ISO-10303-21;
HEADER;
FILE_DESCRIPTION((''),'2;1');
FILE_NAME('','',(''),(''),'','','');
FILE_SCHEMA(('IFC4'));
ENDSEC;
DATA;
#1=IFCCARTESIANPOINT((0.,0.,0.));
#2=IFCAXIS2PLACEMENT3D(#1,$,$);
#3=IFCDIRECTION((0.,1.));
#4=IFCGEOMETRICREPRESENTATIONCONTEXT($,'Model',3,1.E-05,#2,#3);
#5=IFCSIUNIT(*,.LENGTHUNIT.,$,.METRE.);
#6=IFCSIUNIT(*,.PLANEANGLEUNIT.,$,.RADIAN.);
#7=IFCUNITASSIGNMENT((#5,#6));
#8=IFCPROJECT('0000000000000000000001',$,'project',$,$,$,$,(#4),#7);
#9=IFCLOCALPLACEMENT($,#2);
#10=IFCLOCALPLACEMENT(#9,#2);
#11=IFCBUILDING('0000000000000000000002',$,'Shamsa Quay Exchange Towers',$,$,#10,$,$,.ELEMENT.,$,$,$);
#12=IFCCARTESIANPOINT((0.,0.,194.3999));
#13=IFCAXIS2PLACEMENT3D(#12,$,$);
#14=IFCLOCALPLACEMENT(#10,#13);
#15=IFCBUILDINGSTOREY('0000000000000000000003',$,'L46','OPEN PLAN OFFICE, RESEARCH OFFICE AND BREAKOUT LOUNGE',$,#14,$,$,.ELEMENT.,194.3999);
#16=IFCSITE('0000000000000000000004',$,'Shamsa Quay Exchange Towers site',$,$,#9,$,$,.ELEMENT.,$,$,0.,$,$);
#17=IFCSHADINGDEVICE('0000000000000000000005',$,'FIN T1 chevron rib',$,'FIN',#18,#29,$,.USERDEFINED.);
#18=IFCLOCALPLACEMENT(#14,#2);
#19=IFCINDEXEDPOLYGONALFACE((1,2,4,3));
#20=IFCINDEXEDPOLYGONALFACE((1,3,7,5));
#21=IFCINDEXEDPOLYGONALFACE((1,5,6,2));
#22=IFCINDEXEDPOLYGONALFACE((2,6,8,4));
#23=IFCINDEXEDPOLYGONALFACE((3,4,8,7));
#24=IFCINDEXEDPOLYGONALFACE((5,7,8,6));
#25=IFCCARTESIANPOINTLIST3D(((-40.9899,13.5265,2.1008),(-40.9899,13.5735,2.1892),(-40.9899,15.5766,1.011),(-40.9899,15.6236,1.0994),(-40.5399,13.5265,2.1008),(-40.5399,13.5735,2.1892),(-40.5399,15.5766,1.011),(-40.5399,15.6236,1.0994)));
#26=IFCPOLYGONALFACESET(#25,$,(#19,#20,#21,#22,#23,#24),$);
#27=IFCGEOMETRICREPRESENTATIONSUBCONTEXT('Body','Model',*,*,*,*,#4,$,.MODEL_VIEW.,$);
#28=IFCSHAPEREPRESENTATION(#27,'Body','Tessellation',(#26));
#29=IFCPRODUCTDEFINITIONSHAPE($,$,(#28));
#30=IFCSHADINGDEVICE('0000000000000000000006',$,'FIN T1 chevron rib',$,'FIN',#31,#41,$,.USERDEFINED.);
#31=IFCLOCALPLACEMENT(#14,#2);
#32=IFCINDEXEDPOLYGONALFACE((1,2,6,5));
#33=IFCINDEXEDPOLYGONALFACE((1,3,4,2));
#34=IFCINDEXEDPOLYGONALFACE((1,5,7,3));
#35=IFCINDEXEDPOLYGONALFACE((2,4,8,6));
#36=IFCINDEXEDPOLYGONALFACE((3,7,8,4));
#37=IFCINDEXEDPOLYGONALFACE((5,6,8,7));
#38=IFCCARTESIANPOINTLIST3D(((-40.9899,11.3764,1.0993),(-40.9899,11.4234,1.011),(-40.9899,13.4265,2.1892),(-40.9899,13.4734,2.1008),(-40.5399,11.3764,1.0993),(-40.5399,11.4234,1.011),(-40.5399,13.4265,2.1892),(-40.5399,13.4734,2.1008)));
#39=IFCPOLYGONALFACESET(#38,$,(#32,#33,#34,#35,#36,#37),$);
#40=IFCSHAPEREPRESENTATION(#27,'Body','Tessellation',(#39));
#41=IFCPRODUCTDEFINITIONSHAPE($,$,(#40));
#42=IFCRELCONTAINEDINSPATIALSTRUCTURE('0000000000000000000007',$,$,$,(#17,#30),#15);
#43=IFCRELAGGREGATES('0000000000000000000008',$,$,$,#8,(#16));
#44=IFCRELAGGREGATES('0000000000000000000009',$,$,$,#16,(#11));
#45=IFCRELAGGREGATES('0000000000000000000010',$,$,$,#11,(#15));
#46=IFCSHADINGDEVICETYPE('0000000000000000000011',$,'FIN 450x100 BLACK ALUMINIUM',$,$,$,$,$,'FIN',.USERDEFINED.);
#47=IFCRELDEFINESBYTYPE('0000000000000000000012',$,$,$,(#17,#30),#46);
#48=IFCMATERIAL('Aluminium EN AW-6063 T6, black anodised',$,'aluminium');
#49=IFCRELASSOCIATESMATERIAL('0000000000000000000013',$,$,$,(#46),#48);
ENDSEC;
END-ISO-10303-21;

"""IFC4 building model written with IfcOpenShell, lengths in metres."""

from ifc_helpers import new_model, si_unit, direction, frame, origin, origin_2d, place, context, subcontext, project, spatial, rectangle, extrude, material, material_profile, profile_set, type_object, element, save


model = new_model("IFC4")

# Units and contexts
model_context = context("Model", 3, precision=1e-05, world=origin(), true_north=direction((0.0, 1.0)))
body_context = subcontext(model_context, "Body", "Model", "MODEL_VIEW")
ifc_project = project(units=[si_unit("LENGTHUNIT", "METRE"), si_unit("PLANEANGLEUNIT", "RADIAN")], contexts=[model_context])

# Site, building, storey
site_placement = place(None, origin())
site = spatial("IfcSite", under=ifc_project, at=site_placement, Name="Shamsa Quay Exchange Towers site", CompositionType="ELEMENT", RefElevation=0.0)
building_placement = place(site_placement, origin())
building = spatial("IfcBuilding", under=site, at=building_placement, Name="Shamsa Quay Exchange Towers", CompositionType="ELEMENT")
storey_placement = place(building_placement, frame((0.0, 0.0, 194.3999)))
storey = spatial("IfcBuildingStorey", under=building, at=storey_placement, Name="L46", Description="OPEN PLAN OFFICE, RESEARCH OFFICE AND BREAKOUT LOUNGE", CompositionType="ELEMENT", Elevation=194.3999)

# Shared definitions
ifc_material_1 = material(Name="Aluminium EN AW-6063 T6, black anodised", Category="aluminium")

# Shading devices
ifc_material_profile_1 = material_profile(ifc_material_1, rectangle(XDim=0.45, YDim=0.1001, at=origin_2d()), Name="FIN450x100")
ifc_profile_set_1 = profile_set([ifc_material_profile_1], Name="Aluminium EN AW-6063 T6, black anodised")
shading_device_type = type_object("IfcShadingDeviceType", Name="FIN 450x100 BLACK ALUMINIUM", ElementType="FIN", PredefinedType="USERDEFINED", material=ifc_profile_set_1)
for number, where, z_axis, x_axis, name in (
    (1, (-40.7649, 15.6001, 1.0552), (0.0, -0.882981, 0.469409), (1.0, 0.0, 0.0), "FIN T1 chevron rib"),
    (2, (-40.7649, 13.45, 2.145), (0.0, -0.882981, -0.469409), (1.0, 0.0, 0.0), "FIN T1 chevron rib"),
):
    element("IfcShadingDevice", number, at=place(storey_placement, frame(where, z_axis=z_axis, x_axis=x_axis)), inside=storey, type_object=shading_device_type, Name=name, ObjectType="FIN", PredefinedType="USERDEFINED", context=body_context, shape_type="SweptSolid", body=[
        extrude(rectangle(XDim=0.45, YDim=0.1001, at=origin_2d()), origin(), (0.0, 0.0, 1.0), 2.3218),
    ])

save(model, "model.ifc")
